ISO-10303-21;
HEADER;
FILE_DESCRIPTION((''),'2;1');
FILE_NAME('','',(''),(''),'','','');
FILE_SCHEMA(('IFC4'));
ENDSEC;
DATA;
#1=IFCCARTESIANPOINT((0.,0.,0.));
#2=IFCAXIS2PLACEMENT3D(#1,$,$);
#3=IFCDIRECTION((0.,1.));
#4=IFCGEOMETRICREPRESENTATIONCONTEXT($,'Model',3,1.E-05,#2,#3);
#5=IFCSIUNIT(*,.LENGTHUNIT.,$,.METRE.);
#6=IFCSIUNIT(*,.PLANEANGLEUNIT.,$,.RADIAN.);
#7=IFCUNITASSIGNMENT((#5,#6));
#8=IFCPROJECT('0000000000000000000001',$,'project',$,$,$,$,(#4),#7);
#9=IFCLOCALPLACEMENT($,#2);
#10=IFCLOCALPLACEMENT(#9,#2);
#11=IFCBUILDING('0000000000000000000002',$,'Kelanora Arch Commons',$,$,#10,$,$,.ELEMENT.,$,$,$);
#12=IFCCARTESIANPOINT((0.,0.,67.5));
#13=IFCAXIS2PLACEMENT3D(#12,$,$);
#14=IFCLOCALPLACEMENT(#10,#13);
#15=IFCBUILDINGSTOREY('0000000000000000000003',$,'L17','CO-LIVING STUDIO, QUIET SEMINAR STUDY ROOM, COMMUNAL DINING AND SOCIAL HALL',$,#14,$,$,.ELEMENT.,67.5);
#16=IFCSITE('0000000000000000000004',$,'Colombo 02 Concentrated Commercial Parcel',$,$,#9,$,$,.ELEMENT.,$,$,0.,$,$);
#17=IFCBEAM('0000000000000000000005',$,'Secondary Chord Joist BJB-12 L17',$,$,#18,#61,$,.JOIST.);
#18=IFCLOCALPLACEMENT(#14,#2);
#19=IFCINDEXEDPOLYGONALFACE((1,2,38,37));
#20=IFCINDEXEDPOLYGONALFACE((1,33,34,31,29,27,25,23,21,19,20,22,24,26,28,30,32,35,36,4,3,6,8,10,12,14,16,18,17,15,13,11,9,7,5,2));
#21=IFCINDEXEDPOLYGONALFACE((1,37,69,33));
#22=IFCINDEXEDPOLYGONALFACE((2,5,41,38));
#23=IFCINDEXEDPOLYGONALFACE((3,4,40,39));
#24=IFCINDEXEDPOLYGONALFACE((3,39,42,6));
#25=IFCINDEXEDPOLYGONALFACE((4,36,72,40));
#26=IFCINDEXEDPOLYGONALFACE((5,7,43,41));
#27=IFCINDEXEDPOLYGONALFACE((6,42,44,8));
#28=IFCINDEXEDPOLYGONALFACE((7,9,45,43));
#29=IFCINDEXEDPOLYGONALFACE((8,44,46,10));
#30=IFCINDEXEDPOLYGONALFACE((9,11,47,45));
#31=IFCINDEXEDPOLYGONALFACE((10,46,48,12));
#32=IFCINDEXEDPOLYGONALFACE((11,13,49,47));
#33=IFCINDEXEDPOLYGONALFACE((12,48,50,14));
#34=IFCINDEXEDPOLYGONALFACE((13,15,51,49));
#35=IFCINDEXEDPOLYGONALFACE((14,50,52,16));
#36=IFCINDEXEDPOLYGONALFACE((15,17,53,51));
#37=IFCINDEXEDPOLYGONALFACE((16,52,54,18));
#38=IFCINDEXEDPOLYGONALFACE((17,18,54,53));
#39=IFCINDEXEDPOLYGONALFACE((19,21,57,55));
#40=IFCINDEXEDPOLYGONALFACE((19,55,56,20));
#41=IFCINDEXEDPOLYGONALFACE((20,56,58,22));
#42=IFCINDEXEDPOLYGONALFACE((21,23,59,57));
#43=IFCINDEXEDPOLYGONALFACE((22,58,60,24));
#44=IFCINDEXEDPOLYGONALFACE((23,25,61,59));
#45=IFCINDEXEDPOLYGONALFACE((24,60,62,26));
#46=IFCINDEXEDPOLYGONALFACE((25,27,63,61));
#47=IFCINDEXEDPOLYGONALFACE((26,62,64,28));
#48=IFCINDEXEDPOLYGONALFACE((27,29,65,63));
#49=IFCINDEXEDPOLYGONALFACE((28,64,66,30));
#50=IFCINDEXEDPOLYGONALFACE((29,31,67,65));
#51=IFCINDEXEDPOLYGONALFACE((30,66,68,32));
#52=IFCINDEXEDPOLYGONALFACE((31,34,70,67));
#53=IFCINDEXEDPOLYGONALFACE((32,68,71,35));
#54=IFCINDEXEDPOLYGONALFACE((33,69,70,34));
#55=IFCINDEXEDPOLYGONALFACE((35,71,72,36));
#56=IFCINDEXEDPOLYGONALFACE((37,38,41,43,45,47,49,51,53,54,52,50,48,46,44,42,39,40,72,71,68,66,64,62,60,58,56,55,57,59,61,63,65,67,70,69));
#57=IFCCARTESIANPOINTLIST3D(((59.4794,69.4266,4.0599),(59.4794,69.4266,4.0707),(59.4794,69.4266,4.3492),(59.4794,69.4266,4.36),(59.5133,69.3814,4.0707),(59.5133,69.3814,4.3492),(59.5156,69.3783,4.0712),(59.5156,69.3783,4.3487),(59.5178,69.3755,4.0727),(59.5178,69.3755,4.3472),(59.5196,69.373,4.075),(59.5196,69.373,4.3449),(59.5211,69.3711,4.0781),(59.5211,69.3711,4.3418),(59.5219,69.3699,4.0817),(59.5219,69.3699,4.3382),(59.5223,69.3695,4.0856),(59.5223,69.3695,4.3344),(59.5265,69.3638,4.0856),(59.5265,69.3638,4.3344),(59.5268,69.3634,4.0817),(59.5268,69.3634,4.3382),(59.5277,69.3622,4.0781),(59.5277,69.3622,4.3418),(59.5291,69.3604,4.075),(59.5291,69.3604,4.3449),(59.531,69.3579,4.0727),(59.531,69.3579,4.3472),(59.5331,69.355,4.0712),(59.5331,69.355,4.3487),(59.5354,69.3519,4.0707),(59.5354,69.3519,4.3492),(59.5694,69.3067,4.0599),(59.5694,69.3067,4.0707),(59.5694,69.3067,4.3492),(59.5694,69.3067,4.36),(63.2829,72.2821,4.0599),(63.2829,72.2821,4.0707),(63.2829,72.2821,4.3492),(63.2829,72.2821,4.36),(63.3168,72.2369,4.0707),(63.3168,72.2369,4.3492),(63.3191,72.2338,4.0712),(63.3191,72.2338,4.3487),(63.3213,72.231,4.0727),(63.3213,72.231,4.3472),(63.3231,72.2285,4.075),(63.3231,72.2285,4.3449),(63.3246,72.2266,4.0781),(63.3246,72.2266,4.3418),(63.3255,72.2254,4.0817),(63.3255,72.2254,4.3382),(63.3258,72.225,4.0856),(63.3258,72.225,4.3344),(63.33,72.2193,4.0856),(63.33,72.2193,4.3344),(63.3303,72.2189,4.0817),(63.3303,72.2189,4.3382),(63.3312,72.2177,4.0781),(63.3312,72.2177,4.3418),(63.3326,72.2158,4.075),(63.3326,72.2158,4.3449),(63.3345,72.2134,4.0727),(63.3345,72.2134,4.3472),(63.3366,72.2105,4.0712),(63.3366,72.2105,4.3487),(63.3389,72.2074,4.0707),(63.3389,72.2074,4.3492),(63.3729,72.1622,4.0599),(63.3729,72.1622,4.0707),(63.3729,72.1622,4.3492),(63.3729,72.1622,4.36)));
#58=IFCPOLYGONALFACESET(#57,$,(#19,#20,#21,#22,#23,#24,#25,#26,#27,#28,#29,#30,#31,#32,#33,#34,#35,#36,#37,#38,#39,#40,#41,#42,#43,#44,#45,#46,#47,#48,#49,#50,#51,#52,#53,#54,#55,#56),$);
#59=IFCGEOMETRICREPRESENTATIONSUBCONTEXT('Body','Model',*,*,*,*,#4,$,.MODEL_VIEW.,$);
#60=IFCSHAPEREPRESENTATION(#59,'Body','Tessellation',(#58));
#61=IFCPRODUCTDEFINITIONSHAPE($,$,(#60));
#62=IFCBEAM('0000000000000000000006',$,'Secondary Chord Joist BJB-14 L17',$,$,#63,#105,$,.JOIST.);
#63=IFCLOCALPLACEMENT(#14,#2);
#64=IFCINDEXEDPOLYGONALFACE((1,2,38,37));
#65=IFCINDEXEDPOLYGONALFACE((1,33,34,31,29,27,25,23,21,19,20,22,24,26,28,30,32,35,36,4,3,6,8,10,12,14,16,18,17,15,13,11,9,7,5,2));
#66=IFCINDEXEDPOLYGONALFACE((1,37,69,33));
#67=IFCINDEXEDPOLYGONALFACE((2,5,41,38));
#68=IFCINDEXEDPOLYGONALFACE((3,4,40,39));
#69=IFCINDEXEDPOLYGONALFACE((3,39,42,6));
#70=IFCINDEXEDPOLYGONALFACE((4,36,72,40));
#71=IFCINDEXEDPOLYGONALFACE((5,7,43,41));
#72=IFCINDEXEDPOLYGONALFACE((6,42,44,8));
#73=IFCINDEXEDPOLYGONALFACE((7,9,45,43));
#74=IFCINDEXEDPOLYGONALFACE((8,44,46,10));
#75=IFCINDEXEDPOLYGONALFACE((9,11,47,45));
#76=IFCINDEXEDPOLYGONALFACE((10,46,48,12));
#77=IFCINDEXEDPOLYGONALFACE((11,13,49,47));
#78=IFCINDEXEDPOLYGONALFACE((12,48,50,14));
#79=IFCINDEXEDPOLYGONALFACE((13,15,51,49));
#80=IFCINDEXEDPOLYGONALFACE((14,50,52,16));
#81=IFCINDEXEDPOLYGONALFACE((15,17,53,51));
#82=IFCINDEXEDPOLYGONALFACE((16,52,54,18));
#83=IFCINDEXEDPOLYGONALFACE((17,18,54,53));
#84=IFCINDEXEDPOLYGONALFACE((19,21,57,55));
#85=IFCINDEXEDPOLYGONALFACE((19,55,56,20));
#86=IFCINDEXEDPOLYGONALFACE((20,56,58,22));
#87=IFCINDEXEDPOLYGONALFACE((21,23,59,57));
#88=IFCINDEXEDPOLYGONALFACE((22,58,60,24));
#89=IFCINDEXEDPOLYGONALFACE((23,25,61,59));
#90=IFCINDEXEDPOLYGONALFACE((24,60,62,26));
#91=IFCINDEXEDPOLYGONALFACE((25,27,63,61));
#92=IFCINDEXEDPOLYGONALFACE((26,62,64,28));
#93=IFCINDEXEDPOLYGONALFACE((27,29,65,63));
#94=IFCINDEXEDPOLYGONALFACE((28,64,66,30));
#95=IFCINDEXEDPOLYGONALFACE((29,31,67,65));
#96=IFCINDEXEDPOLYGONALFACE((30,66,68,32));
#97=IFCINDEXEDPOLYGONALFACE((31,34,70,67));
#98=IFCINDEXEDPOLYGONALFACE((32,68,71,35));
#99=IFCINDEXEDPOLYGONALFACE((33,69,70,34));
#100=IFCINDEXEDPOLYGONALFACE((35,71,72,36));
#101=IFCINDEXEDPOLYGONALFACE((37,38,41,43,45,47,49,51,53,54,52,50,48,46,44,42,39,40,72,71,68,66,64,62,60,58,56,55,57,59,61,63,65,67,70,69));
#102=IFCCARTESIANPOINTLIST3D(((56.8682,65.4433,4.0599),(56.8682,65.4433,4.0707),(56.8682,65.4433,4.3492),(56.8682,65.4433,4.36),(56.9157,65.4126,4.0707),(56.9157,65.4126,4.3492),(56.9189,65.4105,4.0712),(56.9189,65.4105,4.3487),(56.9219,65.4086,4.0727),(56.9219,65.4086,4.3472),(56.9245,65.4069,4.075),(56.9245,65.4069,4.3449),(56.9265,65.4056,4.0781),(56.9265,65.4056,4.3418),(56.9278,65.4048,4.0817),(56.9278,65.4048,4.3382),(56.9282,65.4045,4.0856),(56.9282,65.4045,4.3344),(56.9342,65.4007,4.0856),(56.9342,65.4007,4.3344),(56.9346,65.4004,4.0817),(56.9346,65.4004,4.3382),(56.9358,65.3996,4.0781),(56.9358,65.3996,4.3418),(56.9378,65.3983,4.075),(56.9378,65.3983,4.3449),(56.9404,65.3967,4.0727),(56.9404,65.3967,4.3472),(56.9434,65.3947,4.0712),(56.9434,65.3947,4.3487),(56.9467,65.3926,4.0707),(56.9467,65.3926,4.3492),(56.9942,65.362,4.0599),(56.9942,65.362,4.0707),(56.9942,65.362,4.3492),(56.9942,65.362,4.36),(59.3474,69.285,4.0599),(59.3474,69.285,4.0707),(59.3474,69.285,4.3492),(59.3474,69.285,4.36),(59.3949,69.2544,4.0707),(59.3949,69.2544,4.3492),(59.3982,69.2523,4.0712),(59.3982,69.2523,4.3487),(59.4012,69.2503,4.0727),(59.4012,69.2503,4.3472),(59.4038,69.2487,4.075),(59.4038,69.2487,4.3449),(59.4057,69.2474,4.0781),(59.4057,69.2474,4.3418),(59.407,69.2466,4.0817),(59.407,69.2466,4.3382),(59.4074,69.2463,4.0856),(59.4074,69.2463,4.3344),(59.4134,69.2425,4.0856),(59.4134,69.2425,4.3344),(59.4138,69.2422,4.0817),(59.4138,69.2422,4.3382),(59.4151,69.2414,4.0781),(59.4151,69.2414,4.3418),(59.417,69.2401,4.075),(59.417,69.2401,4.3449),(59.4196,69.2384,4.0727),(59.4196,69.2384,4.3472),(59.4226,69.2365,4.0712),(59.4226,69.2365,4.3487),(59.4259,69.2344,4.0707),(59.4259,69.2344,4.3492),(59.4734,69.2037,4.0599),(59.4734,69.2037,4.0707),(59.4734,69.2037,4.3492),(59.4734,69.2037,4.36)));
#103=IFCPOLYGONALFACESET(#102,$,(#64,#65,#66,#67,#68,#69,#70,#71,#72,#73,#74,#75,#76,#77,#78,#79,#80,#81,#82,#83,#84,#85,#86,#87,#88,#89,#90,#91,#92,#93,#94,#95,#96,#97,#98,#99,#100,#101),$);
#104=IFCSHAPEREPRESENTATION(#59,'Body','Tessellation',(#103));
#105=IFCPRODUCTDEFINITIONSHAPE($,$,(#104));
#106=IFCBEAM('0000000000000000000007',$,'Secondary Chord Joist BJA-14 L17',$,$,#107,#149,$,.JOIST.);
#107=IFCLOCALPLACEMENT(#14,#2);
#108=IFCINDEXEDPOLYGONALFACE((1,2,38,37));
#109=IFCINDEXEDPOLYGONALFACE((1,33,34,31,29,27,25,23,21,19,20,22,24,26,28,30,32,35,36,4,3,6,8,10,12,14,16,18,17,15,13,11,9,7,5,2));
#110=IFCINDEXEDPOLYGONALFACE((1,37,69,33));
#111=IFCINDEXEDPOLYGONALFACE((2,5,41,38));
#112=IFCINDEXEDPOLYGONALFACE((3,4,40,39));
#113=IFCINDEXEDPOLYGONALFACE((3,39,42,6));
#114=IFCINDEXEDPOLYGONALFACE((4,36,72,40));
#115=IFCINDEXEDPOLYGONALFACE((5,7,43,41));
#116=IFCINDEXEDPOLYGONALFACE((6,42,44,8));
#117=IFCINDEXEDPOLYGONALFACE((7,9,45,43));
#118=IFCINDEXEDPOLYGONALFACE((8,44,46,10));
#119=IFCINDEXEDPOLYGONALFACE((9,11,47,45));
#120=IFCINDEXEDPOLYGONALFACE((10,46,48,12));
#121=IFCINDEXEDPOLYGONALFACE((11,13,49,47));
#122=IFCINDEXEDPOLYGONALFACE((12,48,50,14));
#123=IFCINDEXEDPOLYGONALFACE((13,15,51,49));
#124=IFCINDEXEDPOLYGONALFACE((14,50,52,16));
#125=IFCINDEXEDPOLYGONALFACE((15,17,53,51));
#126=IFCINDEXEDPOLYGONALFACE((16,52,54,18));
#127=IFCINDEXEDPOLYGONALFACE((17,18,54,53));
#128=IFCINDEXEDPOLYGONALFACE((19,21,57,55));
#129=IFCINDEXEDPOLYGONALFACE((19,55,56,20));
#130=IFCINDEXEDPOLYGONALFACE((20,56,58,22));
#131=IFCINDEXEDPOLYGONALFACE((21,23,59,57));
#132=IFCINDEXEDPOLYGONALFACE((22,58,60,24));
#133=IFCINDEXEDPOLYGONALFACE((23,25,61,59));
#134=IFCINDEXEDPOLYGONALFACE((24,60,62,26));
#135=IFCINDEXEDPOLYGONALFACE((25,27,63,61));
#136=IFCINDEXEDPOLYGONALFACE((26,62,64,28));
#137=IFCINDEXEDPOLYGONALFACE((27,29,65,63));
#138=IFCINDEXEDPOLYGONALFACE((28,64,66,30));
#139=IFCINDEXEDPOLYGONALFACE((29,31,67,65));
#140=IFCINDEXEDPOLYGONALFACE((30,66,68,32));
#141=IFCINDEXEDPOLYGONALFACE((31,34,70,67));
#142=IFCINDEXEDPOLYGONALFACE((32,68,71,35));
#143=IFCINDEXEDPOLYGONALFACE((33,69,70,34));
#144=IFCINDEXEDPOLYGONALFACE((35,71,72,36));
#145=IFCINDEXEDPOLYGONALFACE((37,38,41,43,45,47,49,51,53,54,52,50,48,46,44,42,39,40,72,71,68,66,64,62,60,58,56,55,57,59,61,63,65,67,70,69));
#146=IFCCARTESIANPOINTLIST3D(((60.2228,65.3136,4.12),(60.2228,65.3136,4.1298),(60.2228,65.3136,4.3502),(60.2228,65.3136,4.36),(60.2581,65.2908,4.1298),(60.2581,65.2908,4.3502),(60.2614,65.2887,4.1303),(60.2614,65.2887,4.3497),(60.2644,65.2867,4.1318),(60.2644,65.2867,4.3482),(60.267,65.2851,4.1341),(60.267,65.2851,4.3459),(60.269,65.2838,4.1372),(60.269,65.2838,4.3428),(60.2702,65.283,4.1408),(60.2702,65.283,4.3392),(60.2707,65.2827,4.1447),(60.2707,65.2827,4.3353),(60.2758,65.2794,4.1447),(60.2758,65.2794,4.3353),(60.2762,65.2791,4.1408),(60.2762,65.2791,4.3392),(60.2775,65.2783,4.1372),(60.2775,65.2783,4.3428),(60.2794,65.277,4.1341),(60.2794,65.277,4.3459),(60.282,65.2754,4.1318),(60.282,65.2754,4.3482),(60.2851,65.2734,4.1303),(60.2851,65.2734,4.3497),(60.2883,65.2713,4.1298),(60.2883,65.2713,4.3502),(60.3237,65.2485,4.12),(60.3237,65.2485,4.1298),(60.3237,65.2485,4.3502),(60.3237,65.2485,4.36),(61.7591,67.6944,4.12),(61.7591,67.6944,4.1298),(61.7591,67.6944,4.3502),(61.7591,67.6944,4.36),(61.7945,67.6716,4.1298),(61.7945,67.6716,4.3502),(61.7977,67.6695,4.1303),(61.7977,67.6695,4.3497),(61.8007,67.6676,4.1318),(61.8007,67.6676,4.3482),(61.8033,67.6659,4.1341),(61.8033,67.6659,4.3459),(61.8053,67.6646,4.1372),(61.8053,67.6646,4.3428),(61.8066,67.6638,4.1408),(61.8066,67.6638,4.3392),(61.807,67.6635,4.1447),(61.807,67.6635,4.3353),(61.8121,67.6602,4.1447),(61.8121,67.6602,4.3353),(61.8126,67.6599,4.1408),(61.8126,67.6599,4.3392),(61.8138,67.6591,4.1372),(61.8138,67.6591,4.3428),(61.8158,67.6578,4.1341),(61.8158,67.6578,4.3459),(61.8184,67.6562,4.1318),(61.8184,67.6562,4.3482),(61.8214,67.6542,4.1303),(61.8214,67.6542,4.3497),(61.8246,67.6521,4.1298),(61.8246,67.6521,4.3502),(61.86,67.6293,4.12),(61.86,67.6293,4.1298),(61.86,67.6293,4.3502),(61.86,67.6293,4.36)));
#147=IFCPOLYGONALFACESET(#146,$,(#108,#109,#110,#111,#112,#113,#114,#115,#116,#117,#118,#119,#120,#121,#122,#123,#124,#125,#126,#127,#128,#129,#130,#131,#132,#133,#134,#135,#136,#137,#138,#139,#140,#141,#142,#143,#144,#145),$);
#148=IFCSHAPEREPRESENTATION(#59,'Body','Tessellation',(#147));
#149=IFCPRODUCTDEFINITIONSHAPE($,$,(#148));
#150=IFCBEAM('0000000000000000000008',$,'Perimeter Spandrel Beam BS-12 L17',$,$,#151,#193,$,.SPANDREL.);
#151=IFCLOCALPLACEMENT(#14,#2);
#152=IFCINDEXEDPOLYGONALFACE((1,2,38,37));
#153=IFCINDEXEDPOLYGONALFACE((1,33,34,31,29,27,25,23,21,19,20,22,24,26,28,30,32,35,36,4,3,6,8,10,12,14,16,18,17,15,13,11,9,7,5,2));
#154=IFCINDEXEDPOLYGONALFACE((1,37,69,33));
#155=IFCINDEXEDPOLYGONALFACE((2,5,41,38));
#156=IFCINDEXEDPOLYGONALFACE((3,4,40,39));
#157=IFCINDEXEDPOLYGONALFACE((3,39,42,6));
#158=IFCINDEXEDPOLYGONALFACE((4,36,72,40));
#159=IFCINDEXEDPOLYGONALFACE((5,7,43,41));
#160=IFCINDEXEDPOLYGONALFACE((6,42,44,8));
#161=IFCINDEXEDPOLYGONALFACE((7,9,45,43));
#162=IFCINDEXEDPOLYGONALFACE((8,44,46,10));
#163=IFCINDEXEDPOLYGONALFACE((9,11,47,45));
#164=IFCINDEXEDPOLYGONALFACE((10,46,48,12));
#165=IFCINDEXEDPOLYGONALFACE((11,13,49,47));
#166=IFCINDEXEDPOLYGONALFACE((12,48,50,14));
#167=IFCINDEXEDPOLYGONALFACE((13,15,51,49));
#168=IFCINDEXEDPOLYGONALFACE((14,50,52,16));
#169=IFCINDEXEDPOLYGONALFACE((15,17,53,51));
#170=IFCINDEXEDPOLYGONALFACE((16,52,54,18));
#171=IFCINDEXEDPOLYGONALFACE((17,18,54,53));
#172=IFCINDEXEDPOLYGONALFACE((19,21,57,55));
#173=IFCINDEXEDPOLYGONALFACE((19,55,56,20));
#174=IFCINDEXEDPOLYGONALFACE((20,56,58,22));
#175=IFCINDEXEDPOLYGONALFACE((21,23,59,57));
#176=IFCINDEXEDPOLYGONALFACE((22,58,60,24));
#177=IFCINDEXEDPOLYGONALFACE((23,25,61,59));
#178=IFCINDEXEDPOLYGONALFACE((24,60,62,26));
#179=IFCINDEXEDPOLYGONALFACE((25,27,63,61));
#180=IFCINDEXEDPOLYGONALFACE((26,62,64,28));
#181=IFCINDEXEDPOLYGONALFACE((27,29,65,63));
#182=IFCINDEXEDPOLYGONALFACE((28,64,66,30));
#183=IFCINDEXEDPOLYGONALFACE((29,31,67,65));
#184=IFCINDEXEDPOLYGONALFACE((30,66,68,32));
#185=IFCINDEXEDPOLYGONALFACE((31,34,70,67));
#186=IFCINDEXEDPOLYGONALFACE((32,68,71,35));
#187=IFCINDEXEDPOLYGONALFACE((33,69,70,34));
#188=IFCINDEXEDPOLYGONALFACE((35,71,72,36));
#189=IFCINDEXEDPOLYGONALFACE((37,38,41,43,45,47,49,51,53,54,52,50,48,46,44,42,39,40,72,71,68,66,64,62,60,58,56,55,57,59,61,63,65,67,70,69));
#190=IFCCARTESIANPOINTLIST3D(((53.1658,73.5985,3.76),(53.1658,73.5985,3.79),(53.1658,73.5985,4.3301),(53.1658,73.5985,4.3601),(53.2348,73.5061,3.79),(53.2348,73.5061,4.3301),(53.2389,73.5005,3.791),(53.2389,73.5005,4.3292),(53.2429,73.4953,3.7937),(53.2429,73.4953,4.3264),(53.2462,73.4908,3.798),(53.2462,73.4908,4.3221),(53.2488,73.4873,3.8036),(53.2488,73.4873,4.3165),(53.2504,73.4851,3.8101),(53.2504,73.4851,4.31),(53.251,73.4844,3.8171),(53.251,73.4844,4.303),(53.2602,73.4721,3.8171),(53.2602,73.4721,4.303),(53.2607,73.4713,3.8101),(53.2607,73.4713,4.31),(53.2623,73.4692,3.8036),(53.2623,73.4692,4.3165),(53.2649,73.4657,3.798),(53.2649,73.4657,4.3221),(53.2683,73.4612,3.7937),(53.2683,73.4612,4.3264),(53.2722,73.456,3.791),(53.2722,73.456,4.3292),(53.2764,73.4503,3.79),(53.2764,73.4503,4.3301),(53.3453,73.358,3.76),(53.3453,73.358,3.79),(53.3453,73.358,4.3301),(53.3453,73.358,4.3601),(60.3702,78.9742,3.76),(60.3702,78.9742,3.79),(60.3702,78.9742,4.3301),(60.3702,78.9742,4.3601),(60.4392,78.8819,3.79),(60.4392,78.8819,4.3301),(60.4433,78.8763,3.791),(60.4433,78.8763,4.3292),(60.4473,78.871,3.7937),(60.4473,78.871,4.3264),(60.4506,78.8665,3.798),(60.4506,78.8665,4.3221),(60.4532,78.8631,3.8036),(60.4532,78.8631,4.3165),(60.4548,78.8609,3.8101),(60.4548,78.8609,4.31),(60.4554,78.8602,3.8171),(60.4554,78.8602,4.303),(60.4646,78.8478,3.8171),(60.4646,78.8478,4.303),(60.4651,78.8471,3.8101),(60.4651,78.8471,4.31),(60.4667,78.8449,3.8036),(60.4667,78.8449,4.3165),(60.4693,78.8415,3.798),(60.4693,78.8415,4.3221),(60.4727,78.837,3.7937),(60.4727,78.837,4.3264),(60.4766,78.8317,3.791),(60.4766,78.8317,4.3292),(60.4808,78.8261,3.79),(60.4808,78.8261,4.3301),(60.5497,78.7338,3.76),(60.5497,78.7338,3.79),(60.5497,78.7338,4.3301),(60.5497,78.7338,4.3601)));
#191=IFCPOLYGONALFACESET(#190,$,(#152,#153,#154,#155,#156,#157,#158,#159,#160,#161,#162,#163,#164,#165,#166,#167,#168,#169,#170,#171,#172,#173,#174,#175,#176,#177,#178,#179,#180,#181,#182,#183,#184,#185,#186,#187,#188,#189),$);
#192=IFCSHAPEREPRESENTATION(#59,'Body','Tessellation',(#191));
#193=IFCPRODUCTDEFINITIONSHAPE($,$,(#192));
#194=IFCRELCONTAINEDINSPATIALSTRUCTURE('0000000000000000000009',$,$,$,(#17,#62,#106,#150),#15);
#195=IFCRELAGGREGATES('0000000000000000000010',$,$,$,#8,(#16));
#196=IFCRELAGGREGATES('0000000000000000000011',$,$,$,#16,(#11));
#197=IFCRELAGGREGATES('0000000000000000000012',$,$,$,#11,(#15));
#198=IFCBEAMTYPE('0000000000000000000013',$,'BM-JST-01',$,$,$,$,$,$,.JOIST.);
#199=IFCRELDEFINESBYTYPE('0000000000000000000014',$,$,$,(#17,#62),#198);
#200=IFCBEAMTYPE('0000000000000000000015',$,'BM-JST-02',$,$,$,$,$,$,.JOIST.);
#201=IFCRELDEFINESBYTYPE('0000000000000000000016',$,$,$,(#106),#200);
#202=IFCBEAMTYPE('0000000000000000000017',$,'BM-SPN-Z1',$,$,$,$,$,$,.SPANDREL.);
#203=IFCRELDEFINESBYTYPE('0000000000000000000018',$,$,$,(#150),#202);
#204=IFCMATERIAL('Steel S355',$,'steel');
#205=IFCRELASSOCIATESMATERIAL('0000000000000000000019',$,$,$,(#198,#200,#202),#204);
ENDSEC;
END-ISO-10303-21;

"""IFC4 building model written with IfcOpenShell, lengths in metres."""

from ifc_helpers import new_model, si_unit, direction, frame, origin, origin_2d, place, context, subcontext, project, spatial, i_section, extrude, material, material_profile, profile_set, type_object, element, save


model = new_model("IFC4")

# Units and contexts
model_context = context("Model", 3, precision=1e-05, world=origin(), true_north=direction((0.0, 1.0)))
body_context = subcontext(model_context, "Body", "Model", "MODEL_VIEW")
ifc_project = project(units=[si_unit("LENGTHUNIT", "METRE"), si_unit("PLANEANGLEUNIT", "RADIAN")], contexts=[model_context])

# Site, building, storey
site_placement = place(None, origin())
site = spatial("IfcSite", under=ifc_project, at=site_placement, Name="Colombo 02 Concentrated Commercial Parcel", CompositionType="ELEMENT", RefElevation=0.0)
building_placement = place(site_placement, origin())
building = spatial("IfcBuilding", under=site, at=building_placement, Name="Kelanora Arch Commons", CompositionType="ELEMENT")
storey_placement = place(building_placement, frame((0.0, 0.0, 67.5)))
storey = spatial("IfcBuildingStorey", under=building, at=storey_placement, Name="L17", Description="CO-LIVING STUDIO, QUIET SEMINAR STUDY ROOM, COMMUNAL DINING AND SOCIAL HALL", CompositionType="ELEMENT", Elevation=67.5)

# Beams
ifc_material_1 = material(Name="Steel S355", Category="steel")
ifc_material_profile_1 = material_profile(ifc_material_1, i_section(OverallWidth=0.1499, OverallDepth=0.3, WebThickness=0.0071, FlangeThickness=0.0107, FilletRadius=0.0149, at=origin_2d()), Name="IPE300")
ifc_profile_set_1 = profile_set([ifc_material_profile_1], Name="Steel S355")
beam_type_1 = type_object("IfcBeamType", Name="BM-JST-01", PredefinedType="JOIST", material=ifc_profile_set_1)
beam_1_placement = place(storey_placement, frame((63.3279, 72.2222, 4.21), z_axis=(-0.79971, -0.600386, 0.0), x_axis=(0.600386, -0.79971, 0.0)))
element("IfcBeam", 1, at=beam_1_placement, inside=storey, type_object=beam_type_1, Name="Secondary Chord Joist BJB-12 L17", PredefinedType="JOIST", context=body_context, shape_type="SweptSolid", body=[
    extrude(i_section(OverallWidth=0.1499, OverallDepth=0.3, WebThickness=0.0071, FlangeThickness=0.0107, FilletRadius=0.0149, at=origin_2d()), origin(), (0.0, 0.0, 1.0), 4.7561),
])
beam_2_placement = place(storey_placement, frame((59.4104, 69.2444, 4.21), z_axis=(-0.54223, -0.84023, 0.0), x_axis=(0.84023, -0.54223, 0.0)))
element("IfcBeam", 2, at=beam_2_placement, inside=storey, type_object=beam_type_1, Name="Secondary Chord Joist BJB-14 L17", PredefinedType="JOIST", context=body_context, shape_type="SweptSolid", body=[
    extrude(i_section(OverallWidth=0.1499, OverallDepth=0.3, WebThickness=0.0071, FlangeThickness=0.0107, FilletRadius=0.0149, at=origin_2d()), origin(), (0.0, 0.0, 1.0), 4.5723),
])
ifc_material_profile_2 = material_profile(ifc_material_1, i_section(OverallWidth=0.1201, OverallDepth=0.24, WebThickness=0.0061, FlangeThickness=0.0098, FilletRadius=0.0149, at=origin_2d()), Name="IPE240")
ifc_profile_set_2 = profile_set([ifc_material_profile_2], Name="Steel S355")
beam_type_2 = type_object("IfcBeamType", Name="BM-JST-02", PredefinedType="JOIST", material=ifc_profile_set_2)
beam_3_placement = place(storey_placement, frame((61.8096, 67.6619, 4.24), z_axis=(-0.542211, -0.840242, 0.0), x_axis=(0.840242, -0.542211, 0.0)))
element("IfcBeam", 3, at=beam_3_placement, inside=storey, type_object=beam_type_2, Name="Secondary Chord Joist BJA-14 L17", PredefinedType="JOIST", context=body_context, shape_type="SweptSolid", body=[
    extrude(i_section(OverallWidth=0.1201, OverallDepth=0.24, WebThickness=0.0061, FlangeThickness=0.0098, FilletRadius=0.0149, at=origin_2d()), origin(), (0.0, 0.0, 1.0), 2.8335),
])
ifc_material_profile_3 = material_profile(ifc_material_1, i_section(OverallWidth=0.3, OverallDepth=0.6001, WebThickness=0.0154, FlangeThickness=0.03, FilletRadius=0.0271, at=origin_2d()), Name="HEB600")
ifc_profile_set_3 = profile_set([ifc_material_profile_3], Name="Steel S355")
beam_type_3 = type_object("IfcBeamType", Name="BM-SPN-Z1", PredefinedType="SPANDREL", material=ifc_profile_set_3)
beam_4_placement = place(storey_placement, frame((60.46, 78.854, 4.0601), z_axis=(-0.801468, -0.598038, 0.0), x_axis=(0.598038, -0.801468, 0.0)))
element("IfcBeam", 4, at=beam_4_placement, inside=storey, type_object=beam_type_3, Name="Perimeter Spandrel Beam BS-12 L17", PredefinedType="SPANDREL", context=body_context, shape_type="SweptSolid", body=[
    extrude(i_section(OverallWidth=0.3, OverallDepth=0.6001, WebThickness=0.0154, FlangeThickness=0.03, FilletRadius=0.0271, at=origin_2d()), origin(), (0.0, 0.0, 1.0), 8.989),
])

save(model, "model.ifc")
